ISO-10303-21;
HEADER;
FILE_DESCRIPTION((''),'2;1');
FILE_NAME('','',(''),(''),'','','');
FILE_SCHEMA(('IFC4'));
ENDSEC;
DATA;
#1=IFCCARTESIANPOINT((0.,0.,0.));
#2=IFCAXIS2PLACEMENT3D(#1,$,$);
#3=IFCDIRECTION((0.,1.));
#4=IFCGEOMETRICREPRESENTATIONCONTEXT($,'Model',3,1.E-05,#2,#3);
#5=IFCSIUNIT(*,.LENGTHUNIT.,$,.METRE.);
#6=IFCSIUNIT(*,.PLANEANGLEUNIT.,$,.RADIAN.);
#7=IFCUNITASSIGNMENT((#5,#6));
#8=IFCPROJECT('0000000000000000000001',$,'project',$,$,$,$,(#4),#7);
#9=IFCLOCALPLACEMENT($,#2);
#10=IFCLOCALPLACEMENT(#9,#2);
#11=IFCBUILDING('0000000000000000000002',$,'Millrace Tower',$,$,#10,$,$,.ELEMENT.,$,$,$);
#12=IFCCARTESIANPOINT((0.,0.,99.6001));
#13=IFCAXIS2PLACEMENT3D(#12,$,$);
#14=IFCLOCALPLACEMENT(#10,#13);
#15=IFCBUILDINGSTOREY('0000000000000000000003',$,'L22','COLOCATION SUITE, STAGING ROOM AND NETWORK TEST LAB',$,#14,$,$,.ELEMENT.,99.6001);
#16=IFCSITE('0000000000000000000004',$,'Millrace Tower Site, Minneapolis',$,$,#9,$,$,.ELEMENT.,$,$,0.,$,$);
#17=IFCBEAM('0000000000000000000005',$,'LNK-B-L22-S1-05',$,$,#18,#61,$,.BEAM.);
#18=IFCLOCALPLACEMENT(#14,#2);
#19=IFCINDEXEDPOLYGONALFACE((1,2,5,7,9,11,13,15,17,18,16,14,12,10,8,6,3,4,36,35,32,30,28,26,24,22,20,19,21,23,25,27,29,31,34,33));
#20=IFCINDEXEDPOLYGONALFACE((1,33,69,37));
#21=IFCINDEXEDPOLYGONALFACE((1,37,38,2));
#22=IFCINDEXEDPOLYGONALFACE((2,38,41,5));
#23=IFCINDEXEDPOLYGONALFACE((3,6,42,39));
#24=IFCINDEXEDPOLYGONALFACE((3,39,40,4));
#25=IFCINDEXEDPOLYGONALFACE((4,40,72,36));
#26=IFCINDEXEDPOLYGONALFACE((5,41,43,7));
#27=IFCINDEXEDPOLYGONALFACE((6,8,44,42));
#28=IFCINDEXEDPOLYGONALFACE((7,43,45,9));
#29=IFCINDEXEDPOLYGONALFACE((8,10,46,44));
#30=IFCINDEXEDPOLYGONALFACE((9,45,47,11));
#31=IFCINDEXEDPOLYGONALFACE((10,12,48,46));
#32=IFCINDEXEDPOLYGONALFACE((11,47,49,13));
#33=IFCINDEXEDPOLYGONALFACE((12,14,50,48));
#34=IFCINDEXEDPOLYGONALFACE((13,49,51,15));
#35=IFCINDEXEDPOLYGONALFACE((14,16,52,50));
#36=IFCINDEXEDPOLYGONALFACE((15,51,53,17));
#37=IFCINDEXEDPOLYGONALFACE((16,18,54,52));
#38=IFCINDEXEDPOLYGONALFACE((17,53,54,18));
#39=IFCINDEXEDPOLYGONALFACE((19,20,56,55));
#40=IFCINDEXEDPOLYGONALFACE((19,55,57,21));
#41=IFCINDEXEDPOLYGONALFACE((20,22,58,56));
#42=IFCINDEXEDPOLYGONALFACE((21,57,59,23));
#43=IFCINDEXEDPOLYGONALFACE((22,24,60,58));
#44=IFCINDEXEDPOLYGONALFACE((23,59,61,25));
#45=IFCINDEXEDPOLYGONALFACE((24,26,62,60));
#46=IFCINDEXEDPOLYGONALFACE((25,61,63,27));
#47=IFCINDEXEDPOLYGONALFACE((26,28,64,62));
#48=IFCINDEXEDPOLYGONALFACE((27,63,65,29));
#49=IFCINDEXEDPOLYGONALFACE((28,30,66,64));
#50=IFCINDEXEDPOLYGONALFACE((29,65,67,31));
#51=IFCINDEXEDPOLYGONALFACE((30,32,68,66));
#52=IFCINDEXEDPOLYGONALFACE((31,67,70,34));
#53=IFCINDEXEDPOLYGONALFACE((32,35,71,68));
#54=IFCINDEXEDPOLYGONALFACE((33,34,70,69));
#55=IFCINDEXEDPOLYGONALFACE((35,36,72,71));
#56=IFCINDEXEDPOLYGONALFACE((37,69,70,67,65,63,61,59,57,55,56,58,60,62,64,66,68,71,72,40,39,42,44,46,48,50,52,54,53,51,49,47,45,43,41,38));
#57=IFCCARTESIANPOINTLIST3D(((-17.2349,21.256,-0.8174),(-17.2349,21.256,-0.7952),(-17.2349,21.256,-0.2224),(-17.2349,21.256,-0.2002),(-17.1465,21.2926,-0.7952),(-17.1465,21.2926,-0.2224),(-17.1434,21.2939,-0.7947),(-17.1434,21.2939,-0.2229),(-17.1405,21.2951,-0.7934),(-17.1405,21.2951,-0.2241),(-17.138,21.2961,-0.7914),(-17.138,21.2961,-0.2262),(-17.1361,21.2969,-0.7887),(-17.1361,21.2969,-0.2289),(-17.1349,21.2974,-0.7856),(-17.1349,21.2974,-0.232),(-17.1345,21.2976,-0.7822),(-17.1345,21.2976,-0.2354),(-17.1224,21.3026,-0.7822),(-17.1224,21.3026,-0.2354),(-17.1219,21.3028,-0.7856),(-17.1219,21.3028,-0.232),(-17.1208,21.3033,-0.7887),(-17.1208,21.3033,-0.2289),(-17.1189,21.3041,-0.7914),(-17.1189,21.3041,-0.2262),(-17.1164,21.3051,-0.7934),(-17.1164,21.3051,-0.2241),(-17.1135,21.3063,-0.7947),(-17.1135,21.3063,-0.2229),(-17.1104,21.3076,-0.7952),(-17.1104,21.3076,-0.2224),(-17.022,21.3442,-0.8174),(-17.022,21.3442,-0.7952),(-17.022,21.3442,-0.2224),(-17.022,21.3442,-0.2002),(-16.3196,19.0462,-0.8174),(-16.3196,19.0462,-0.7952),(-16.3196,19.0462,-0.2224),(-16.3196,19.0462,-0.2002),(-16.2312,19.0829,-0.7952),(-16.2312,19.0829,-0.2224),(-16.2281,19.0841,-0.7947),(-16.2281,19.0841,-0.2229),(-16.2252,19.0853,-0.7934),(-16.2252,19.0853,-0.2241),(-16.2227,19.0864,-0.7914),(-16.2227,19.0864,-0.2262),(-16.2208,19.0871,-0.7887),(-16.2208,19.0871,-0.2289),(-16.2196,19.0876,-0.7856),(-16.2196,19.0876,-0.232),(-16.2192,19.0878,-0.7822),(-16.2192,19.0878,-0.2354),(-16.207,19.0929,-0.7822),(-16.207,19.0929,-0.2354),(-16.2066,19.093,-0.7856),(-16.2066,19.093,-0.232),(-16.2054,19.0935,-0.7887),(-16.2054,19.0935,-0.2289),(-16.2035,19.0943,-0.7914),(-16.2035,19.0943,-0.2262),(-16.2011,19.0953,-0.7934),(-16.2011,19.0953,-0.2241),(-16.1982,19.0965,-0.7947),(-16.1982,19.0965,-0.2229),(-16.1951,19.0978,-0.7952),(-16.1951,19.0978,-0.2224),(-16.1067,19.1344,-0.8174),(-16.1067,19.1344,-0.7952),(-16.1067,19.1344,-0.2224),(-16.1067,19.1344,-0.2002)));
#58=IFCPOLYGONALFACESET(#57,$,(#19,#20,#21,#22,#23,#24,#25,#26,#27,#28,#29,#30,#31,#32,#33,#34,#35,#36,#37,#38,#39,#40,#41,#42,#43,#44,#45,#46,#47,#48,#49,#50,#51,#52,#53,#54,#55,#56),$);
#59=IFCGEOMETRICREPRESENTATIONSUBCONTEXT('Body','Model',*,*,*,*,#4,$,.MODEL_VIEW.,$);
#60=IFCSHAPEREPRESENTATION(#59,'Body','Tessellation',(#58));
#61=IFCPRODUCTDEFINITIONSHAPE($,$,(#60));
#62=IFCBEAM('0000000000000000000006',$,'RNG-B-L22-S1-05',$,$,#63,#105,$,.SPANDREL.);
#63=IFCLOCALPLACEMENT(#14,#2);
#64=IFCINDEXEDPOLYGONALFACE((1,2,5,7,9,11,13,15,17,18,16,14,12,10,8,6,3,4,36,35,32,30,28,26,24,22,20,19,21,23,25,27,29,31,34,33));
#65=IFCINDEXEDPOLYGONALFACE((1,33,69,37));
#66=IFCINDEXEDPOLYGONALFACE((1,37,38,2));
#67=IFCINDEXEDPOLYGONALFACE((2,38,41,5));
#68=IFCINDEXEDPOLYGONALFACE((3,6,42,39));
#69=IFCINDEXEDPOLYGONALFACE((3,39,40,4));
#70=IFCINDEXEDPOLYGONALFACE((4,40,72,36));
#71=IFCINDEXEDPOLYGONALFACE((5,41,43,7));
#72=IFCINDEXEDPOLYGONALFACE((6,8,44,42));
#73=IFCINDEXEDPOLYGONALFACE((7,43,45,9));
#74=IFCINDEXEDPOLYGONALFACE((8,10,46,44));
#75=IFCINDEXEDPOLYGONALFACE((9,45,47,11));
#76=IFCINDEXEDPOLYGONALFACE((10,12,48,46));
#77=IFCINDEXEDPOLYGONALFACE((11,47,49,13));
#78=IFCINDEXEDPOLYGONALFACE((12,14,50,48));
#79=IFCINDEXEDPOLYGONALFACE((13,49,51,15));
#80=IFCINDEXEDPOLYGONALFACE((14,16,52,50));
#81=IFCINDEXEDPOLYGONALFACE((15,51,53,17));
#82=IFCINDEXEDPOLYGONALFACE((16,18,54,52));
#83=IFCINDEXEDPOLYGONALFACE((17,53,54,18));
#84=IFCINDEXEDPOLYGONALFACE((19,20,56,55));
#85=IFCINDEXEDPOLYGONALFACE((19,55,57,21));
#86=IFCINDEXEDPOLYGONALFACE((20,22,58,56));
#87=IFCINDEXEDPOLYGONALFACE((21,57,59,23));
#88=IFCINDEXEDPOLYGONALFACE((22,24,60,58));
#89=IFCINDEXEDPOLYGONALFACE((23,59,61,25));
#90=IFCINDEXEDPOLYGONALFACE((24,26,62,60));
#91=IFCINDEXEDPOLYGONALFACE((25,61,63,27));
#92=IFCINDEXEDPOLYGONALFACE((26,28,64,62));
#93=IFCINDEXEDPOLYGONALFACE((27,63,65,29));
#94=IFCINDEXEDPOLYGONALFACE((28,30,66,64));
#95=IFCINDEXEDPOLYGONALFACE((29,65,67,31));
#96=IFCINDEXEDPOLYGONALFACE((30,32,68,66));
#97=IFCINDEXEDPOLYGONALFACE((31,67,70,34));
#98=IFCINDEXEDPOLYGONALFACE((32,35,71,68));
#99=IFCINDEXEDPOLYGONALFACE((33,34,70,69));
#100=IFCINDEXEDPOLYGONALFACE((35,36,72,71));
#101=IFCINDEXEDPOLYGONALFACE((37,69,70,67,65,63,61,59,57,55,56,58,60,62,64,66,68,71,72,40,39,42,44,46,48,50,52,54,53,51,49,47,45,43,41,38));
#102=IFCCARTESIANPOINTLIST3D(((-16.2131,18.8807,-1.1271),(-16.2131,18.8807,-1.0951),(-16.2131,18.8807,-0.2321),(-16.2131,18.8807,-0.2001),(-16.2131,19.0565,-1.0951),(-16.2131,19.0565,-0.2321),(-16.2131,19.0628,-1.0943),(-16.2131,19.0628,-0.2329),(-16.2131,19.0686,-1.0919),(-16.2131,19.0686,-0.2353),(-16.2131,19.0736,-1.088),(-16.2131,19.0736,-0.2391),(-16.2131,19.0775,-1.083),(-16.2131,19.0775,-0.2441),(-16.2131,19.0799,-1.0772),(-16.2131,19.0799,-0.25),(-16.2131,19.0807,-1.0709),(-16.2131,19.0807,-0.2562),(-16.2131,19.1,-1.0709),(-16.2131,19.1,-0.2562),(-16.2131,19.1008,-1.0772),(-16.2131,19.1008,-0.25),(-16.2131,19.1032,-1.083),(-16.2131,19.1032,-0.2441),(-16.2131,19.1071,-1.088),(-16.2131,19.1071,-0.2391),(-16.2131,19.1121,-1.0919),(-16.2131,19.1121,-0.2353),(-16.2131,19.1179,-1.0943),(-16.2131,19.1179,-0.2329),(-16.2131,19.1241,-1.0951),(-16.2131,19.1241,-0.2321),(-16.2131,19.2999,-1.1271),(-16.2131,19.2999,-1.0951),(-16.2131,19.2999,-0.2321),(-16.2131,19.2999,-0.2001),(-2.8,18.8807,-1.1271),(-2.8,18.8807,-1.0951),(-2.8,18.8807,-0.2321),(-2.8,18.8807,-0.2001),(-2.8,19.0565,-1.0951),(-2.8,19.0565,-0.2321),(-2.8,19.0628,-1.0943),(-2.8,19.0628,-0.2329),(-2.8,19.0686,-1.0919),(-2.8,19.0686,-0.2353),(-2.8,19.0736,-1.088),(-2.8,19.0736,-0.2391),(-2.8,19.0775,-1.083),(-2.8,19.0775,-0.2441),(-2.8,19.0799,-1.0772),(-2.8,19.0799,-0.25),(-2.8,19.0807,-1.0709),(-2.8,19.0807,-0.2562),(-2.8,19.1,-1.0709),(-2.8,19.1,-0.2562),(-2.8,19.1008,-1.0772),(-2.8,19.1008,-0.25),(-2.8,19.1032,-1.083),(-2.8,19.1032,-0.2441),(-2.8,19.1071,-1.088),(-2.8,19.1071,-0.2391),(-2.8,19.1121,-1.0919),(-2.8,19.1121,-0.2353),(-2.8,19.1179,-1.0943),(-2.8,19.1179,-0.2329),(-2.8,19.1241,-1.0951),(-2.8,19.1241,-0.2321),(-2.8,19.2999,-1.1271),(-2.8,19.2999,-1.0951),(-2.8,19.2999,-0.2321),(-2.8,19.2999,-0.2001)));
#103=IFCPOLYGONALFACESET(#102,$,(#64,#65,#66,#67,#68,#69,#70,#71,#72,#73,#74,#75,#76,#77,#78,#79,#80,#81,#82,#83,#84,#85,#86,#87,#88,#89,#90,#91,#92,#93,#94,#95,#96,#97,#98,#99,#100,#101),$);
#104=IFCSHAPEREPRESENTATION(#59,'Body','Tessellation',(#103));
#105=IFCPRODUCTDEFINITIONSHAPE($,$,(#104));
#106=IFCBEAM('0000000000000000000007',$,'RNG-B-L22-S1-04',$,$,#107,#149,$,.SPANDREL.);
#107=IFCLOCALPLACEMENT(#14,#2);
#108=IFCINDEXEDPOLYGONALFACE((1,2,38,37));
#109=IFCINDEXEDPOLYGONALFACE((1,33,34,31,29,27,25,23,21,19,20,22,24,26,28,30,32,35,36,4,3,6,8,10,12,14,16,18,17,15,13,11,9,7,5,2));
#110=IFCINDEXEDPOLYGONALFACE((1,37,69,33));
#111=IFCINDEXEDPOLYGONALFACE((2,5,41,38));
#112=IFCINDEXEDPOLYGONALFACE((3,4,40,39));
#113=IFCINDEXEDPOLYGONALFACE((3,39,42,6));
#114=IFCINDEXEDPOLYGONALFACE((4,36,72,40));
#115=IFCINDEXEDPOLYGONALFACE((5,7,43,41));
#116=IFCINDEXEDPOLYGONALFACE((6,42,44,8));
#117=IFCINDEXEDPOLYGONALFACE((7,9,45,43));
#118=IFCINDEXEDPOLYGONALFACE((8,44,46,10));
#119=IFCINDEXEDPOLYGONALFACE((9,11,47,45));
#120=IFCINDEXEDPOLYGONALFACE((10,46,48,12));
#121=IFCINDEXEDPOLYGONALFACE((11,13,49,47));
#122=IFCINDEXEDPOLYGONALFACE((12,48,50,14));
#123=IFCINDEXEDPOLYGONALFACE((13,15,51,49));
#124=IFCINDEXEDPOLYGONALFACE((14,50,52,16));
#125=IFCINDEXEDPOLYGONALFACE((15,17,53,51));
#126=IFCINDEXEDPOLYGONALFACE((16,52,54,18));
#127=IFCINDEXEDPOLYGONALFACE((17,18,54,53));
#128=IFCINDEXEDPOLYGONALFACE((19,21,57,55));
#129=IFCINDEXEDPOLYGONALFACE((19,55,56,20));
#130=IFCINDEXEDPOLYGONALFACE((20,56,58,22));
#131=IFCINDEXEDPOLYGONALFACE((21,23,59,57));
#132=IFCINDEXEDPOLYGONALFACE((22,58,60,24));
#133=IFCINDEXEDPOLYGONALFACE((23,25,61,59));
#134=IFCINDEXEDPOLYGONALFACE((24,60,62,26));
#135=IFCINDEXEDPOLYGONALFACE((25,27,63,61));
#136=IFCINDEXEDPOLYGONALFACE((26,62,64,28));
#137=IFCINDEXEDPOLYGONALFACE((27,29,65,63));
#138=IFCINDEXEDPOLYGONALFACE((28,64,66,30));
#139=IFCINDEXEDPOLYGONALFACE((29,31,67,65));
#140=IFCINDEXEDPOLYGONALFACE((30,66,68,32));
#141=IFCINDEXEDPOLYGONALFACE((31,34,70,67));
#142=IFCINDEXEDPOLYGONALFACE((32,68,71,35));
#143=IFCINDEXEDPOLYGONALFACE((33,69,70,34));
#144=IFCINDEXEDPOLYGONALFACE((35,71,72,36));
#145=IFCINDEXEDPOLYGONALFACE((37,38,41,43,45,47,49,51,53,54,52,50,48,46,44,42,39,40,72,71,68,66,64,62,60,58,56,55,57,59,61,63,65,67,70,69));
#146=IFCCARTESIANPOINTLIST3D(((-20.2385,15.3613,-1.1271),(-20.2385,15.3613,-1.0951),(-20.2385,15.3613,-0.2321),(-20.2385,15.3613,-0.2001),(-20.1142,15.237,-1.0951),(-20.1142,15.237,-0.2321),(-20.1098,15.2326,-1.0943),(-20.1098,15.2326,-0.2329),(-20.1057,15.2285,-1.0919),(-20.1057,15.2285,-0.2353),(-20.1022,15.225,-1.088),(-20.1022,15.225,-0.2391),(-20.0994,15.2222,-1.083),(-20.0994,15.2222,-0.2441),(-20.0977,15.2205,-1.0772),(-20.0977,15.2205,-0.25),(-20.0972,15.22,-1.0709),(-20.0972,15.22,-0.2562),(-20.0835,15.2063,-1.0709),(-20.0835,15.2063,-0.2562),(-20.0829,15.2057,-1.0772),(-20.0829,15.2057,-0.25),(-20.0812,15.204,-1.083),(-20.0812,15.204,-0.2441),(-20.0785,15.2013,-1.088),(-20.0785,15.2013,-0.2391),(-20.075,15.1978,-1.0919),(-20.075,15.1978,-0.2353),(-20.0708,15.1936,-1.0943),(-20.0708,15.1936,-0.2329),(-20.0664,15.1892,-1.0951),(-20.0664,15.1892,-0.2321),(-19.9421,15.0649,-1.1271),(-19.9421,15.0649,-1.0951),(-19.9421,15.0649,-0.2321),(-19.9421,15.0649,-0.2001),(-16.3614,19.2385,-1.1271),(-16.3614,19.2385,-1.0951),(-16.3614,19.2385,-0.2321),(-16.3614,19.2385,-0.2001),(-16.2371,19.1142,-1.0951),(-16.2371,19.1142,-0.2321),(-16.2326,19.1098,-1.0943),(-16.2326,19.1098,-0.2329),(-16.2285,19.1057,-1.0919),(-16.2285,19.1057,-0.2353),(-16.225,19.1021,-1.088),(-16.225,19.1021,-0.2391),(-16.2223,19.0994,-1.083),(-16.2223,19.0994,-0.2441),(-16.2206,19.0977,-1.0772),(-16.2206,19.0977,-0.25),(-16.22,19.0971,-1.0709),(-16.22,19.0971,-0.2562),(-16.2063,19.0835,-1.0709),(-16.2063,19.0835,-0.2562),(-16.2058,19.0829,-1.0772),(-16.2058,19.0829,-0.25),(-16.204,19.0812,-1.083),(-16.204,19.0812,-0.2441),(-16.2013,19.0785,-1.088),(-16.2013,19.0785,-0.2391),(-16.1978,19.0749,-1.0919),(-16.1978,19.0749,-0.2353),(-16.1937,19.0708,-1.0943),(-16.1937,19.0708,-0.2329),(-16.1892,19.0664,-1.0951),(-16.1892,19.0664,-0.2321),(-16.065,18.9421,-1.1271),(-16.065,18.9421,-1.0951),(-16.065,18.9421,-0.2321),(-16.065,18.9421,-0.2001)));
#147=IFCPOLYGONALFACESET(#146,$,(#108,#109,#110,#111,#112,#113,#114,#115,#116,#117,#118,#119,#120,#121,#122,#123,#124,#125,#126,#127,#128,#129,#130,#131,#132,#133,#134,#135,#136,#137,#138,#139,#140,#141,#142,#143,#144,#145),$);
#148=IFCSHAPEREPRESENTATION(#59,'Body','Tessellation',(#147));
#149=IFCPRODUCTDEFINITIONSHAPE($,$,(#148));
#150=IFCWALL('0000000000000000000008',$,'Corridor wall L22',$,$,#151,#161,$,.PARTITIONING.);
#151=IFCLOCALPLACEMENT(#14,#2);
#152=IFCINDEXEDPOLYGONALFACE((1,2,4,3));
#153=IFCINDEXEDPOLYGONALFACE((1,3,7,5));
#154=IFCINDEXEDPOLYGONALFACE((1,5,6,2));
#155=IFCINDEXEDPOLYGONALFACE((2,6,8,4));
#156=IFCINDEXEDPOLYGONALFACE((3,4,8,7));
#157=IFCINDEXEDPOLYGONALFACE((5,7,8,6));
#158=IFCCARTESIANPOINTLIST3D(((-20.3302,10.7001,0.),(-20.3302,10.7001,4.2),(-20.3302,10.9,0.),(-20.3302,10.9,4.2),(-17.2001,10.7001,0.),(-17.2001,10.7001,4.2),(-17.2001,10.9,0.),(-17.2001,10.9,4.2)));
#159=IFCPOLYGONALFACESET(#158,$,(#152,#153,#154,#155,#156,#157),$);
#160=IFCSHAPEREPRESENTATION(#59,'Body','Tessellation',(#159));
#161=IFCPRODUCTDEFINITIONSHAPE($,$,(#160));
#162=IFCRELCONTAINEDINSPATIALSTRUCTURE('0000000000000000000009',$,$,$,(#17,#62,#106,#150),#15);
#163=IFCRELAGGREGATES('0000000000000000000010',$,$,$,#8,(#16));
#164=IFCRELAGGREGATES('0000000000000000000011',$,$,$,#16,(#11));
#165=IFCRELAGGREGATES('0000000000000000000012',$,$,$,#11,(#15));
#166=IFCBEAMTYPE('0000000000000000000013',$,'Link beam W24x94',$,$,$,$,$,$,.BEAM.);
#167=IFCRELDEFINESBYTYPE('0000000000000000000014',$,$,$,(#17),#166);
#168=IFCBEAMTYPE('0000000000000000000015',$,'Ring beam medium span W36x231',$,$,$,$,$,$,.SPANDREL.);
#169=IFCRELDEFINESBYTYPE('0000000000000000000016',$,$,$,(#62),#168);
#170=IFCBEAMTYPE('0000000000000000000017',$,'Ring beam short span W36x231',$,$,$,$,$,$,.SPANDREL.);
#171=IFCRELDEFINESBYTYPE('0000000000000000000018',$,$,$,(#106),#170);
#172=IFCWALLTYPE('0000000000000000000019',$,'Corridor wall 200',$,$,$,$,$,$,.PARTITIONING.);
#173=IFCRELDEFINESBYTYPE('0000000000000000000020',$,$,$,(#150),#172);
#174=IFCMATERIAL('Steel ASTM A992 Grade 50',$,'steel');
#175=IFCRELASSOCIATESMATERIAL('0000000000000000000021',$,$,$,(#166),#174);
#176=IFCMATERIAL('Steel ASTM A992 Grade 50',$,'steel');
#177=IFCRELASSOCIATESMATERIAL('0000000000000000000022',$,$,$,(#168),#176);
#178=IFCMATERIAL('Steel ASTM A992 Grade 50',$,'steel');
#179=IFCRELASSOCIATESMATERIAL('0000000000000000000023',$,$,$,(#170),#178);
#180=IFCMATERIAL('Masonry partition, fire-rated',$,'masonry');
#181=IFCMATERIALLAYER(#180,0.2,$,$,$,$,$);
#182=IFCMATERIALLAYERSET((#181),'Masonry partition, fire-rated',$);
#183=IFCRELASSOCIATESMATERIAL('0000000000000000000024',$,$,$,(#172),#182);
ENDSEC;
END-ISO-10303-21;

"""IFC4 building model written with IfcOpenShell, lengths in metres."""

from ifc_helpers import new_model, si_unit, direction, frame, frame_2d, origin, origin_2d, place, context, subcontext, project, spatial, rectangle, i_section, extrude, material, layer, layer_set, material_profile, profile_set, type_object, element, save


model = new_model("IFC4")

# Units and contexts
model_context = context("Model", 3, precision=1e-05, world=origin(), true_north=direction((0.0, 1.0)))
body_context = subcontext(model_context, "Body", "Model", "MODEL_VIEW")
ifc_project = project(units=[si_unit("LENGTHUNIT", "METRE"), si_unit("PLANEANGLEUNIT", "RADIAN")], contexts=[model_context])

# Site, building, storey
site_placement = place(None, origin())
site = spatial("IfcSite", under=ifc_project, at=site_placement, Name="Millrace Tower Site, Minneapolis", CompositionType="ELEMENT", RefElevation=0.0)
building_placement = place(site_placement, origin())
building = spatial("IfcBuilding", under=site, at=building_placement, Name="Millrace Tower", CompositionType="ELEMENT")
storey_placement = place(building_placement, frame((0.0, 0.0, 99.6001)))
storey = spatial("IfcBuildingStorey", under=building, at=storey_placement, Name="L22", Description="COLOCATION SUITE, STAGING ROOM AND NETWORK TEST LAB", CompositionType="ELEMENT", Elevation=99.6001)

# Beams
ifc_material_1 = material(Name="Steel ASTM A992 Grade 50", Category="steel")
ifc_material_profile_1 = material_profile(ifc_material_1, i_section(OverallWidth=0.2305, OverallDepth=0.6172, WebThickness=0.0132, FlangeThickness=0.0222, FilletRadius=0.0129, at=origin_2d()))
ifc_profile_set_1 = profile_set([ifc_material_profile_1], Name="Steel ASTM A992 Grade 50")
beam_type_1 = type_object("IfcBeamType", Name="Link beam W24x94", PredefinedType="BEAM", material=ifc_profile_set_1)
for number, where, z_axis, x_axis, name in (
    (1, (-16.2131, 19.0903, -0.5088), (-0.382679, 0.923881, 0.0), (-0.923881, -0.382679, 0.0), "LNK-B-L22-S1-05"),
):
    element("IfcBeam", number, at=place(storey_placement, frame(where, z_axis=z_axis, x_axis=x_axis)), inside=storey, type_object=beam_type_1, Name=name, PredefinedType="BEAM", context=body_context, shape_type="SweptSolid", body=[
        extrude(i_section(OverallWidth=0.2305, OverallDepth=0.6172, WebThickness=0.0132, FlangeThickness=0.0222, FilletRadius=0.0129, at=origin_2d()), origin(), (0.0, 0.0, 1.0), 2.3918),
    ])
ifc_material_2 = material(Name="Steel ASTM A992 Grade 50", Category="steel")
ifc_material_profile_2 = material_profile(ifc_material_2, i_section(OverallWidth=0.4192, OverallDepth=0.927, WebThickness=0.0193, FlangeThickness=0.032, FilletRadius=0.0242, at=origin_2d()))
ifc_profile_set_2 = profile_set([ifc_material_profile_2], Name="Steel ASTM A992 Grade 50")
beam_type_2 = type_object("IfcBeamType", Name="Ring beam medium span W36x231", PredefinedType="SPANDREL", material=ifc_profile_set_2)
beam_1_placement = place(storey_placement, frame((-16.2131, 19.0903, -0.6636), z_axis=(1.0, 0.0, 0.0), x_axis=(0.0, 1.0, 0.0)))
element("IfcBeam", 2, at=beam_1_placement, inside=storey, type_object=beam_type_2, Name="RNG-B-L22-S1-05", PredefinedType="SPANDREL", context=body_context, shape_type="SweptSolid", body=[
    extrude(i_section(OverallWidth=0.4192, OverallDepth=0.927, WebThickness=0.0193, FlangeThickness=0.032, FilletRadius=0.0242, at=origin_2d()), origin(), (0.0, 0.0, 1.0), 13.4131),
])
ifc_material_3 = material(Name="Steel ASTM A992 Grade 50", Category="steel")
ifc_material_profile_3 = material_profile(ifc_material_3, i_section(OverallWidth=0.4192, OverallDepth=0.927, WebThickness=0.0193, FlangeThickness=0.032, FilletRadius=0.0242, at=origin_2d()))
ifc_profile_set_3 = profile_set([ifc_material_profile_3], Name="Steel ASTM A992 Grade 50")
beam_type_3 = type_object("IfcBeamType", Name="Ring beam short span W36x231", PredefinedType="SPANDREL", material=ifc_profile_set_3)
beam_2_placement = place(storey_placement, frame((-20.0903, 15.2131, -0.6636), z_axis=(0.707107, 0.707107, 0.0), x_axis=(-0.707107, 0.707107, 0.0)))
element("IfcBeam", 3, at=beam_2_placement, inside=storey, type_object=beam_type_3, Name="RNG-B-L22-S1-04", PredefinedType="SPANDREL", context=body_context, shape_type="SweptSolid", body=[
    extrude(i_section(OverallWidth=0.4192, OverallDepth=0.927, WebThickness=0.0193, FlangeThickness=0.032, FilletRadius=0.0242, at=origin_2d()), origin(), (0.0, 0.0, 1.0), 5.4832),
])

# Wall
ifc_material_4 = material(Name="Masonry partition, fire-rated", Category="masonry")
ifc_layer_1 = layer(ifc_material_4, 0.2)
ifc_layer_set_1 = layer_set([ifc_layer_1], Name="Masonry partition, fire-rated")
wall_type = type_object("IfcWallType", Name="Corridor wall 200", PredefinedType="PARTITIONING", material=ifc_layer_set_1)
wall_1_placement = place(storey_placement, frame((-20.3301, 10.8, 0.0), z_axis=(0.0, 0.0, 1.0), x_axis=(1.0, 0.0, 0.0)))
element("IfcWall", 4, at=wall_1_placement, inside=storey, type_object=wall_type, Name="Corridor wall L22", PredefinedType="PARTITIONING", context=body_context, shape_type="SweptSolid", body=[
    extrude(rectangle(XDim=3.1301, YDim=0.2, at=frame_2d((1.5649, 0.0))), origin(), (0.0, 0.0, 1.0), 4.2),
])

save(model, "model.ifc")
